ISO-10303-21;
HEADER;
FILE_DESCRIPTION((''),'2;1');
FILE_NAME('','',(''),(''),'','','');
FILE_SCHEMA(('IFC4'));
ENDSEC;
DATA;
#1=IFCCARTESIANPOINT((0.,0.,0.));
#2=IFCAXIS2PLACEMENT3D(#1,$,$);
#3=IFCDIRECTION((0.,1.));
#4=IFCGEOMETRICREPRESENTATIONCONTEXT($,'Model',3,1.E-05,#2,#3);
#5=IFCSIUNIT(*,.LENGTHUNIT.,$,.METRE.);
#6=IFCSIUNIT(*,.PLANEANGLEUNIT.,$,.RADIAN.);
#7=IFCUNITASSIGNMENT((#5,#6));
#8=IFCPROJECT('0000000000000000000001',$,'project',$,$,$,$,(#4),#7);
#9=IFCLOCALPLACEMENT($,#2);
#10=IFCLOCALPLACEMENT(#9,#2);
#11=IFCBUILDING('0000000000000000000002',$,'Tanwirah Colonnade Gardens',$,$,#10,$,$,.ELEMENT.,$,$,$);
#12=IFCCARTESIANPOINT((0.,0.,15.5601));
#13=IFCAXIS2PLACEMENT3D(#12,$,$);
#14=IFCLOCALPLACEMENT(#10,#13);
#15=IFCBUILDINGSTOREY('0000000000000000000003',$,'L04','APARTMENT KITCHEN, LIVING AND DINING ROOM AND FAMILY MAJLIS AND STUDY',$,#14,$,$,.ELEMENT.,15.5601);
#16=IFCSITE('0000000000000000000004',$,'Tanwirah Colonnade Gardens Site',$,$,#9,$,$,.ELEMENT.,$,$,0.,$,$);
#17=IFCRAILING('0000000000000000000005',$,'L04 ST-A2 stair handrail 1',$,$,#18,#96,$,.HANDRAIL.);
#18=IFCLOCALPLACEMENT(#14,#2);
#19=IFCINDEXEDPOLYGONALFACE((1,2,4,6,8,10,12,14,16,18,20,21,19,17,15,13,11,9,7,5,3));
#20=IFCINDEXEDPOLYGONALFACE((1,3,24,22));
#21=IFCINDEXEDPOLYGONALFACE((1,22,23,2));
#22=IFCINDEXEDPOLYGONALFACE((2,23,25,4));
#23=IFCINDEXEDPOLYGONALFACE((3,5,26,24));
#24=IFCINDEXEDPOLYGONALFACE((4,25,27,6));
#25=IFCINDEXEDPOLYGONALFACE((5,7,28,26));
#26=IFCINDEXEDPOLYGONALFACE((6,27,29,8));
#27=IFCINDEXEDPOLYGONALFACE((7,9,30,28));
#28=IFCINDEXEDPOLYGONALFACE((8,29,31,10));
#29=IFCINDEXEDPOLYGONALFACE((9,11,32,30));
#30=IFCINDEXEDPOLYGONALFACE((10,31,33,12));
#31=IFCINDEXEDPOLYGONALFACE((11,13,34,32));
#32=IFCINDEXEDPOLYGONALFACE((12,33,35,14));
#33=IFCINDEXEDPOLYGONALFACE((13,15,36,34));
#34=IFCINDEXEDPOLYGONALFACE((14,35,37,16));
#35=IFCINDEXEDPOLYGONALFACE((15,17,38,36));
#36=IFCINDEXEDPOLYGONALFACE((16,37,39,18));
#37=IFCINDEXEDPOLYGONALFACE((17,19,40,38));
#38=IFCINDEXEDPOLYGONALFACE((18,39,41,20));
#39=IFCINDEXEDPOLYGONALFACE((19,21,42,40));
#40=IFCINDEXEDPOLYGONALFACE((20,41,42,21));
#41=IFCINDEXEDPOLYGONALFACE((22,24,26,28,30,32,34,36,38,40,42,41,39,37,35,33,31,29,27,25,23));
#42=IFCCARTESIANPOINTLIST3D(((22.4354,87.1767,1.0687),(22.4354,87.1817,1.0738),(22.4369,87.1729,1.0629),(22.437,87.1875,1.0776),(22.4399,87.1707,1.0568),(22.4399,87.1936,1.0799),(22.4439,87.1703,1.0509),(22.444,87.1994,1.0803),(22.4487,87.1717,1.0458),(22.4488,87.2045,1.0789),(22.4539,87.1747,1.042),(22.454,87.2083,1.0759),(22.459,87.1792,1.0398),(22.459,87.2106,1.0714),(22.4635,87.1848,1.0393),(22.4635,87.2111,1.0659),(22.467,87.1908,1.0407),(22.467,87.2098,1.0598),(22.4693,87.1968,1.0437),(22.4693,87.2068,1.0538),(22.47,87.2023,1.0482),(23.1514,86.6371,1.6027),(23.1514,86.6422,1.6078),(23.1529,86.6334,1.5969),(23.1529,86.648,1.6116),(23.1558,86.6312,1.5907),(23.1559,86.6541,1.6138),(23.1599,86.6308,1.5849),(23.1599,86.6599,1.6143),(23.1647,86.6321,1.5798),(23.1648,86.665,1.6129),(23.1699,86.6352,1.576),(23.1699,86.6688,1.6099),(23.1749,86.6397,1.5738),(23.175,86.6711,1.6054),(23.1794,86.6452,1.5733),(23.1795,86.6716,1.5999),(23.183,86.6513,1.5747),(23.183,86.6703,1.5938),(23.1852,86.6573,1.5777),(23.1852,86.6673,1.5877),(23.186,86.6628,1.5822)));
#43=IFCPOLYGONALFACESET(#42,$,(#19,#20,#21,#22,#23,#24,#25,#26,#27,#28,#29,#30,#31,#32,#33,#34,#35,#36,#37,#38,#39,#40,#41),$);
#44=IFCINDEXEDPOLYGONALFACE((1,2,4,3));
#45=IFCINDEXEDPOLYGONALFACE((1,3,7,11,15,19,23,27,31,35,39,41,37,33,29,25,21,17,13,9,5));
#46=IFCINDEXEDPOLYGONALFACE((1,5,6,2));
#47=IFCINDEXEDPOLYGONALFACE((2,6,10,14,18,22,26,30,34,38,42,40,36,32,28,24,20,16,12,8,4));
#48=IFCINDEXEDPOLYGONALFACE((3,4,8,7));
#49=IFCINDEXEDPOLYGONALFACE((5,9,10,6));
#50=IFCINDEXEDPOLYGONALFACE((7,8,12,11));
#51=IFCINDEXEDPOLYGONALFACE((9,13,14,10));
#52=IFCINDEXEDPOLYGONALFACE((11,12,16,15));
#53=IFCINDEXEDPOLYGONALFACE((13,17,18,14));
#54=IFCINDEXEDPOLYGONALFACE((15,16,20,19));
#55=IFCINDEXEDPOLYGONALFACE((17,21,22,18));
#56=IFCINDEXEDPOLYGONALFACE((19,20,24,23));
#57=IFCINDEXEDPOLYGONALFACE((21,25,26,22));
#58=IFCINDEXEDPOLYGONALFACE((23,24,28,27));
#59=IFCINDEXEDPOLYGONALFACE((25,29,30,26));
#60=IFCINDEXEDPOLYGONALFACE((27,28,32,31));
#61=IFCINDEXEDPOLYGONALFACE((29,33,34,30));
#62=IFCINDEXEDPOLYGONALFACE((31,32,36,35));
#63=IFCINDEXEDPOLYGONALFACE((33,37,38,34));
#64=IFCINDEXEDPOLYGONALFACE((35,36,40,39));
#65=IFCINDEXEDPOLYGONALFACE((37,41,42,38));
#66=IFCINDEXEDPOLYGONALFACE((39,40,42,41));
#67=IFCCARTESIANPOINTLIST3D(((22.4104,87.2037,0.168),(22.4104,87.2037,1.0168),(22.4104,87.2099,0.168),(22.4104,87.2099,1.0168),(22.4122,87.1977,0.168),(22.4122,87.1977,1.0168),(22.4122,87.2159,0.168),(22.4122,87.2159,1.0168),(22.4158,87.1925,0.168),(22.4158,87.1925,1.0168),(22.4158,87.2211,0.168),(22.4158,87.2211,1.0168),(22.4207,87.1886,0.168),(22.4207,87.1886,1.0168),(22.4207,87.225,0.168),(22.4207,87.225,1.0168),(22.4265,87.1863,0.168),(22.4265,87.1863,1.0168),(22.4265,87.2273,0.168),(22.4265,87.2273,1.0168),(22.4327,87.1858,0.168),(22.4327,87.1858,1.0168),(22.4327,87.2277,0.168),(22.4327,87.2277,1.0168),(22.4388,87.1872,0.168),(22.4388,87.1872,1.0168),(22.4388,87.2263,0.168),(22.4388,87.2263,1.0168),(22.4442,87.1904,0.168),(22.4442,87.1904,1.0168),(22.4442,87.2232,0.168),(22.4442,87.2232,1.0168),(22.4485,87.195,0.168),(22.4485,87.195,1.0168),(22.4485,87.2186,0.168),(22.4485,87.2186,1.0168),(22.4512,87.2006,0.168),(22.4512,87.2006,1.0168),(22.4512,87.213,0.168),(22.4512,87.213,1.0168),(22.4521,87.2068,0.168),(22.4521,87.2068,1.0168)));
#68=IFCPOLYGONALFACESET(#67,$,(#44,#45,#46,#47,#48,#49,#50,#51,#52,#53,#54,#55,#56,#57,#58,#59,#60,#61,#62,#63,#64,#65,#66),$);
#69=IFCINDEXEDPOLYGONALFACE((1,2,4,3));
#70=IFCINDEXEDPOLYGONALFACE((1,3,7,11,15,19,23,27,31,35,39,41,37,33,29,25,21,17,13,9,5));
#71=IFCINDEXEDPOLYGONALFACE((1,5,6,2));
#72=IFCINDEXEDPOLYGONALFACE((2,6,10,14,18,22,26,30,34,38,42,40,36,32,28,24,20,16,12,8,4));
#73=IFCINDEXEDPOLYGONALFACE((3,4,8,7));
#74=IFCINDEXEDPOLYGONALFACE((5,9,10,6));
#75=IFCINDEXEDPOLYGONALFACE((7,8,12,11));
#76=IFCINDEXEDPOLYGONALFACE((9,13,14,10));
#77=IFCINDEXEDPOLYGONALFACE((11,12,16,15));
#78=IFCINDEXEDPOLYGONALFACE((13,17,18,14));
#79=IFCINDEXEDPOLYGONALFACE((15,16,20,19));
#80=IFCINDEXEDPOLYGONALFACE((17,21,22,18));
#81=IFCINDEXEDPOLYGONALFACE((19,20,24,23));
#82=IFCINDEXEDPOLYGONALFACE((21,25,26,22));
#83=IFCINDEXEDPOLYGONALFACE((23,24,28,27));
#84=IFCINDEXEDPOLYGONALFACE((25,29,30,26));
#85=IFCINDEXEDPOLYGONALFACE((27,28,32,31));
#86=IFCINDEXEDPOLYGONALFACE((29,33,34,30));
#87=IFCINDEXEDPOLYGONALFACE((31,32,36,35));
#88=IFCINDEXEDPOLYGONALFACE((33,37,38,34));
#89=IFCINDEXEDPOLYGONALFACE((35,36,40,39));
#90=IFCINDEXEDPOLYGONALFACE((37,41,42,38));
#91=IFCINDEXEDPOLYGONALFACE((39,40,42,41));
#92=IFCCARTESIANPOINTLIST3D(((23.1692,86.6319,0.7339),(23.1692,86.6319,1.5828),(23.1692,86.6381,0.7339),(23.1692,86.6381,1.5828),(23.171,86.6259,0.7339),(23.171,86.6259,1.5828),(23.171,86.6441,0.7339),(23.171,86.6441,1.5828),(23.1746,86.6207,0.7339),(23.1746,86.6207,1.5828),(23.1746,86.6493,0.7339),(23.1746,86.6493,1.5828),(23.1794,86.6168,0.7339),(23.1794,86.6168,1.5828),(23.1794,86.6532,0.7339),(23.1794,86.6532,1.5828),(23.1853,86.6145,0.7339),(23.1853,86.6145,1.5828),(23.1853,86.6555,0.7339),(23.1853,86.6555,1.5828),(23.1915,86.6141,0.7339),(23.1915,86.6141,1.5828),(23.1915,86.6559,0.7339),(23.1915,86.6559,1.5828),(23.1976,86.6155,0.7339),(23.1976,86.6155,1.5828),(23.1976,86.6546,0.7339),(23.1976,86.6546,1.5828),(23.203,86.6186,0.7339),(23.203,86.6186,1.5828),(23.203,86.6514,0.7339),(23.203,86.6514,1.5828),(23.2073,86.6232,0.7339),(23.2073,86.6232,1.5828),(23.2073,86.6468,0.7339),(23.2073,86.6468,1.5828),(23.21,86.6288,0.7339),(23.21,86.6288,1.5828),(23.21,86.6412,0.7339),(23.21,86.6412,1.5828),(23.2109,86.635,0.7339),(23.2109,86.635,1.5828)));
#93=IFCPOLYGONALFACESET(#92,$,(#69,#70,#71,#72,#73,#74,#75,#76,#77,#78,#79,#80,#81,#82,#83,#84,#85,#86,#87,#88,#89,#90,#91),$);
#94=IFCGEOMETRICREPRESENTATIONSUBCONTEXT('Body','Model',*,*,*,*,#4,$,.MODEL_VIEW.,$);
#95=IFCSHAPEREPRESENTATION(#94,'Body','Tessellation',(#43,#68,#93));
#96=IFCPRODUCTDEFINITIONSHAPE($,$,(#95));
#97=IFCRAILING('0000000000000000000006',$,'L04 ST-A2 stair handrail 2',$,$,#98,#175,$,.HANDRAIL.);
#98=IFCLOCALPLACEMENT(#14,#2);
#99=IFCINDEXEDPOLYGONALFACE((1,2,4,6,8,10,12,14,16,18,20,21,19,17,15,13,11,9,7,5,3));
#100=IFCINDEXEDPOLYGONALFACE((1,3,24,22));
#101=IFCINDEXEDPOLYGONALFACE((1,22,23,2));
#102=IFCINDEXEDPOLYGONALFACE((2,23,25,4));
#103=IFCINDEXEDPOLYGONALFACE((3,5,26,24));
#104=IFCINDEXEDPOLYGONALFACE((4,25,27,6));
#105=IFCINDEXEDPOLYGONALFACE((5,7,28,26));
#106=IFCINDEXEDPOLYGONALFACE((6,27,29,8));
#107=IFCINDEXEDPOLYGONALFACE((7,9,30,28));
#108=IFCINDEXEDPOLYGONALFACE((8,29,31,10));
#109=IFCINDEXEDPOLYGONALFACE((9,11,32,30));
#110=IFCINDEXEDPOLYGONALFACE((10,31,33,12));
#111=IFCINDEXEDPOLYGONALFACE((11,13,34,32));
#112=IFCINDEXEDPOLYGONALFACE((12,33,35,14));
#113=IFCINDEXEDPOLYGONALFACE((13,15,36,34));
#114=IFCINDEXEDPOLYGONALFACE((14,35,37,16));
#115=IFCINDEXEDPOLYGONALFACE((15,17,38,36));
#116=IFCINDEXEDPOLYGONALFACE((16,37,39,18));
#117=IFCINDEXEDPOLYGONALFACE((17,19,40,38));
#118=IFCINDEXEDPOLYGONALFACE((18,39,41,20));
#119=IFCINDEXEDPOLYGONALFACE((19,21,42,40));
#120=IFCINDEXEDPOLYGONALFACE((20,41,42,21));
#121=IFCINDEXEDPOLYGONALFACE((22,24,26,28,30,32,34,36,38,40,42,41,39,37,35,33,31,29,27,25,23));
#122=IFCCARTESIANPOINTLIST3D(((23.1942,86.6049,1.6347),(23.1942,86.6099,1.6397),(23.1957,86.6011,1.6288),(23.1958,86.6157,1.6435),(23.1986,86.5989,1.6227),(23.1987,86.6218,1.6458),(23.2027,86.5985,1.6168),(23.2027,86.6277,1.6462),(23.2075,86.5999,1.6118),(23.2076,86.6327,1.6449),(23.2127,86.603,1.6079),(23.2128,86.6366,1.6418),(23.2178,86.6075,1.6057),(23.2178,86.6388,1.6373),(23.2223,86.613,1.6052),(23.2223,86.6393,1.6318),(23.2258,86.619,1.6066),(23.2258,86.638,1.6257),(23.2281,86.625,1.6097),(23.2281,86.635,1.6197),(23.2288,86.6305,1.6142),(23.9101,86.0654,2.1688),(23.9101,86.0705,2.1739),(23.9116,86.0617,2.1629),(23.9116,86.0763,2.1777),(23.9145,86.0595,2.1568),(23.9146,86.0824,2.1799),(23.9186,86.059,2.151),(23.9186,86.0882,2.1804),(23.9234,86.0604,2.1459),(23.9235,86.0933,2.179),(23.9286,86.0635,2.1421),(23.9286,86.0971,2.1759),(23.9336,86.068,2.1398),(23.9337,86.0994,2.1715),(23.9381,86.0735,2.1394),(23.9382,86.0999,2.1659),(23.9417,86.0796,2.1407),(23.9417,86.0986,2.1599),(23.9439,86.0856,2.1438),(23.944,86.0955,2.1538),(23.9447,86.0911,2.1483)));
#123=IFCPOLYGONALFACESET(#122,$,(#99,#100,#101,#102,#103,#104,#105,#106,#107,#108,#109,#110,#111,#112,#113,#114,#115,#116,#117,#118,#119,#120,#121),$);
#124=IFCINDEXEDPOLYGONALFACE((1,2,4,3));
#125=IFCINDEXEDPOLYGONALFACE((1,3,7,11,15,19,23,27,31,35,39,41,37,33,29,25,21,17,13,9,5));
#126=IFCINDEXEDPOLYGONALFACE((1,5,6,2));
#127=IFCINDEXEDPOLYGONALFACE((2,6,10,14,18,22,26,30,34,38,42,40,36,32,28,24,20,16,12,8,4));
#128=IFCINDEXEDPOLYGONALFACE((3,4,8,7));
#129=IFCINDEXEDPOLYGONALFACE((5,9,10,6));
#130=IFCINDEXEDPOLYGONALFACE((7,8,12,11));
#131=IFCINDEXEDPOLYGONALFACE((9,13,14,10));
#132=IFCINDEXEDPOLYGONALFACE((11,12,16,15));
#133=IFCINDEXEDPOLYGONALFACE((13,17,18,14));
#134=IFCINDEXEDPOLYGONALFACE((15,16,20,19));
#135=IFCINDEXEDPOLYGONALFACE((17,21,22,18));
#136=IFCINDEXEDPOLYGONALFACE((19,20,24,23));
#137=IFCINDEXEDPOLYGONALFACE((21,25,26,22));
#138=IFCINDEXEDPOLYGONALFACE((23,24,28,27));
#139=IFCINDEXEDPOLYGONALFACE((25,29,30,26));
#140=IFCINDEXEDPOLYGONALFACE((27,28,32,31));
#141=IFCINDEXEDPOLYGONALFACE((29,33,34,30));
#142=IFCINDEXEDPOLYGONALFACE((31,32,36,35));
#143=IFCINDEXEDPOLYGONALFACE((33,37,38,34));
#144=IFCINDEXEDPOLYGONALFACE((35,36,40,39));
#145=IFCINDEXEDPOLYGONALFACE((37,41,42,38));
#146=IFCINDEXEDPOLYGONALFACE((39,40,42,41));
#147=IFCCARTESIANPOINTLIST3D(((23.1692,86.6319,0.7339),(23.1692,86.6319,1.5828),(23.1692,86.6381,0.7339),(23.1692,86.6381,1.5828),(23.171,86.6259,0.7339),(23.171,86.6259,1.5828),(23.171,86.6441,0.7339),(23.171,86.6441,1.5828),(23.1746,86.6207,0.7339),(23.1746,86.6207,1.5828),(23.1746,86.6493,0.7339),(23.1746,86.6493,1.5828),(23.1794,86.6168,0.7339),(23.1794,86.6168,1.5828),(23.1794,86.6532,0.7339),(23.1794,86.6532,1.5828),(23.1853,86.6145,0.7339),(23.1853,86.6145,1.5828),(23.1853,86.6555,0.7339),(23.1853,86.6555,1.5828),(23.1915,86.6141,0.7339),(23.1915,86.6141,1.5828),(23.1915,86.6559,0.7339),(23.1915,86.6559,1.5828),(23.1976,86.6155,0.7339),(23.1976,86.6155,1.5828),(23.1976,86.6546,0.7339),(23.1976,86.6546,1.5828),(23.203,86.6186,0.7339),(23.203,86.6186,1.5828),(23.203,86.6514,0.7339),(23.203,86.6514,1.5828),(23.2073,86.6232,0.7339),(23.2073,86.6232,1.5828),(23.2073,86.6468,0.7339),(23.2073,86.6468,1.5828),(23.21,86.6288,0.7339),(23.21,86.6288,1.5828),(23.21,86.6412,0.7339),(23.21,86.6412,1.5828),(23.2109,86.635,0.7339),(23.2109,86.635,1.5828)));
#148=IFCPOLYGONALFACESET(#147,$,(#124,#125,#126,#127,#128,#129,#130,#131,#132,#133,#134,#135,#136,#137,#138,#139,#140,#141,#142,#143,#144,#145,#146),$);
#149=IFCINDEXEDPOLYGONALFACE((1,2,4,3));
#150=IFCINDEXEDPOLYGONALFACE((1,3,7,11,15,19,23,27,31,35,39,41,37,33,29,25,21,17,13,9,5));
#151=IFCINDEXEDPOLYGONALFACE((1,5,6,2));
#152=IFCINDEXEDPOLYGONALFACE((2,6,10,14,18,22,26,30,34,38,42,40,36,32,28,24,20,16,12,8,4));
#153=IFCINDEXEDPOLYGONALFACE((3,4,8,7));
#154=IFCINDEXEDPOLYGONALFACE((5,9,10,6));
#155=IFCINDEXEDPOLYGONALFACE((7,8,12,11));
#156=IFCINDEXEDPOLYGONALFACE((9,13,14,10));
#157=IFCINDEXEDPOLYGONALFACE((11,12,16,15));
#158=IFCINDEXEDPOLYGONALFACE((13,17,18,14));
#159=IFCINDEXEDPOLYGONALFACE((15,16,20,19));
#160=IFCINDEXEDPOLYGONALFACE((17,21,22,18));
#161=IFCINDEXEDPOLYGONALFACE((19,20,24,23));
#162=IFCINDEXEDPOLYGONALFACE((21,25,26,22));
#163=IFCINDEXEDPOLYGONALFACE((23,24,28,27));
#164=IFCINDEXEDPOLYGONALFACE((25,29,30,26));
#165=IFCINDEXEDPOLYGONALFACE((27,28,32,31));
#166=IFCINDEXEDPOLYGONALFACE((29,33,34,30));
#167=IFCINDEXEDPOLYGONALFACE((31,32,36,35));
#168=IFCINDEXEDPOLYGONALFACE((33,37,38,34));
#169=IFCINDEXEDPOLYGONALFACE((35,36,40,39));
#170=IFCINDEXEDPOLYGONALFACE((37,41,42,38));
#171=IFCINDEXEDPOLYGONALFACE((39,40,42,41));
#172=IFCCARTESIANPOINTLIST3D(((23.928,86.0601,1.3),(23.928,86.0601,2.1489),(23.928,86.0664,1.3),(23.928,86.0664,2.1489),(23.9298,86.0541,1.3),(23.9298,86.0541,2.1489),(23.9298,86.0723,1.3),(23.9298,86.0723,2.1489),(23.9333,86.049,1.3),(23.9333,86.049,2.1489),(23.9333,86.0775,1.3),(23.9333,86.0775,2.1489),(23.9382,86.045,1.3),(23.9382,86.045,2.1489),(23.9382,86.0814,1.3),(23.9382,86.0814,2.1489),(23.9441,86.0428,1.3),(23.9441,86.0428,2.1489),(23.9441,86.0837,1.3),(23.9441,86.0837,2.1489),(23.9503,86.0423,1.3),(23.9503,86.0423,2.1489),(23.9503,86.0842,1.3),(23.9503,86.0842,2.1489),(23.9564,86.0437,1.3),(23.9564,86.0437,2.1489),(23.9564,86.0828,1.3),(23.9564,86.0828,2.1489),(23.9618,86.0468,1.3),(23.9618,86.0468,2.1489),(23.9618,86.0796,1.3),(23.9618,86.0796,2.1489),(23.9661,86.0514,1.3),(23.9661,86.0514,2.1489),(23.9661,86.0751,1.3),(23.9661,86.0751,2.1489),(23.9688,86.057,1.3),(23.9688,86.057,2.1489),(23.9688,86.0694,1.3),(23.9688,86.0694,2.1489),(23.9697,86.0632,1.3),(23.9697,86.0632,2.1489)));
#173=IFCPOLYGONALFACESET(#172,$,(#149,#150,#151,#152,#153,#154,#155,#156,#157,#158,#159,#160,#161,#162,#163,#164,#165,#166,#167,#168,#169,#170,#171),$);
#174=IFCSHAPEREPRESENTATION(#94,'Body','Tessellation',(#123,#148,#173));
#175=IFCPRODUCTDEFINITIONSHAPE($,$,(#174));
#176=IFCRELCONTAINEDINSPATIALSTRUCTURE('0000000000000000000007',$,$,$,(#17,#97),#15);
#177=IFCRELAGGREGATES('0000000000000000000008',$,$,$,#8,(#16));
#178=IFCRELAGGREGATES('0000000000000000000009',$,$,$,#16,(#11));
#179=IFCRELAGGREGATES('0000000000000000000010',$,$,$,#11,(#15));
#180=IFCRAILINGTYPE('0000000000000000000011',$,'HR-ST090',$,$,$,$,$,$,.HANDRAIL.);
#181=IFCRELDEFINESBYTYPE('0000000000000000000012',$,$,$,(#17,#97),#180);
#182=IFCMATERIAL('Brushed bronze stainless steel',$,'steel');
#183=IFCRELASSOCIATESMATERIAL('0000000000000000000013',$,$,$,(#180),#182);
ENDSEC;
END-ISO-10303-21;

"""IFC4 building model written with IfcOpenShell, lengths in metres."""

from ifc_helpers import new_model, si_unit, direction, frame, origin, origin_2d, place, context, subcontext, project, spatial, circle, extrude, material, type_object, element, save


model = new_model("IFC4")

# Units and contexts
model_context = context("Model", 3, precision=1e-05, world=origin(), true_north=direction((0.0, 1.0)))
body_context = subcontext(model_context, "Body", "Model", "MODEL_VIEW")
ifc_project = project(units=[si_unit("LENGTHUNIT", "METRE"), si_unit("PLANEANGLEUNIT", "RADIAN")], contexts=[model_context])

# Site, building, storey
site_placement = place(None, origin())
site = spatial("IfcSite", under=ifc_project, at=site_placement, Name="Tanwirah Colonnade Gardens Site", CompositionType="ELEMENT", RefElevation=0.0)
building_placement = place(site_placement, origin())
building = spatial("IfcBuilding", under=site, at=building_placement, Name="Tanwirah Colonnade Gardens", CompositionType="ELEMENT")
storey_placement = place(building_placement, frame((0.0, 0.0, 15.5601)))
storey = spatial("IfcBuildingStorey", under=building, at=storey_placement, Name="L04", Description="APARTMENT KITCHEN, LIVING AND DINING ROOM AND FAMILY MAJLIS AND STUDY", CompositionType="ELEMENT", Elevation=15.5601)

# Railings
ifc_material_1 = material(Name="Brushed bronze stainless steel", Category="steel")
railing_type_1 = type_object("IfcRailingType", Name="HR-ST090", PredefinedType="HANDRAIL", material=ifc_material_1)
railing_1_placement = place(storey_placement, frame((22.4312, 87.2068, 0.168)))
element("IfcRailing", 1, at=railing_1_placement, inside=storey, type_object=railing_type_1, Name="L04 ST-A2 stair handrail 1", PredefinedType="HANDRAIL", context=body_context, shape_type="SweptSolid", body=[
    extrude(circle(Radius=0.0239, at=origin_2d()), frame((0.0215, -0.0161, 0.8918), z_axis=(0.686145, -0.517037, 0.511739), x_axis=(0.601807, 0.798641, 0.0)), (0.0, 0.0, 1.0), 1.0435),
    extrude(circle(Radius=0.021, at=origin_2d()), origin(), (0.0, 0.0, 1.0), 0.8489),
    extrude(circle(Radius=0.021, at=origin_2d()), frame((0.7588, -0.5718, 0.5659)), (0.0, 0.0, 1.0), 0.8489),
])
railing_2_placement = place(storey_placement, frame((23.1899, 86.635, 0.7339)))
element("IfcRailing", 2, at=railing_2_placement, inside=storey, type_object=railing_type_1, Name="L04 ST-A2 stair handrail 2", PredefinedType="HANDRAIL", context=body_context, shape_type="SweptSolid", body=[
    extrude(circle(Radius=0.0239, at=origin_2d()), frame((0.0215, -0.0161, 0.8918), z_axis=(0.686068, -0.516979, 0.511902), x_axis=(0.601807, 0.798641, 0.0)), (0.0, 0.0, 1.0), 1.0435),
    extrude(circle(Radius=0.021, at=origin_2d()), origin(), (0.0, 0.0, 1.0), 0.8489),
    extrude(circle(Radius=0.021, at=origin_2d()), frame((0.7588, -0.5718, 0.5662)), (0.0, 0.0, 1.0), 0.8489),
])

save(model, "model.ifc")
